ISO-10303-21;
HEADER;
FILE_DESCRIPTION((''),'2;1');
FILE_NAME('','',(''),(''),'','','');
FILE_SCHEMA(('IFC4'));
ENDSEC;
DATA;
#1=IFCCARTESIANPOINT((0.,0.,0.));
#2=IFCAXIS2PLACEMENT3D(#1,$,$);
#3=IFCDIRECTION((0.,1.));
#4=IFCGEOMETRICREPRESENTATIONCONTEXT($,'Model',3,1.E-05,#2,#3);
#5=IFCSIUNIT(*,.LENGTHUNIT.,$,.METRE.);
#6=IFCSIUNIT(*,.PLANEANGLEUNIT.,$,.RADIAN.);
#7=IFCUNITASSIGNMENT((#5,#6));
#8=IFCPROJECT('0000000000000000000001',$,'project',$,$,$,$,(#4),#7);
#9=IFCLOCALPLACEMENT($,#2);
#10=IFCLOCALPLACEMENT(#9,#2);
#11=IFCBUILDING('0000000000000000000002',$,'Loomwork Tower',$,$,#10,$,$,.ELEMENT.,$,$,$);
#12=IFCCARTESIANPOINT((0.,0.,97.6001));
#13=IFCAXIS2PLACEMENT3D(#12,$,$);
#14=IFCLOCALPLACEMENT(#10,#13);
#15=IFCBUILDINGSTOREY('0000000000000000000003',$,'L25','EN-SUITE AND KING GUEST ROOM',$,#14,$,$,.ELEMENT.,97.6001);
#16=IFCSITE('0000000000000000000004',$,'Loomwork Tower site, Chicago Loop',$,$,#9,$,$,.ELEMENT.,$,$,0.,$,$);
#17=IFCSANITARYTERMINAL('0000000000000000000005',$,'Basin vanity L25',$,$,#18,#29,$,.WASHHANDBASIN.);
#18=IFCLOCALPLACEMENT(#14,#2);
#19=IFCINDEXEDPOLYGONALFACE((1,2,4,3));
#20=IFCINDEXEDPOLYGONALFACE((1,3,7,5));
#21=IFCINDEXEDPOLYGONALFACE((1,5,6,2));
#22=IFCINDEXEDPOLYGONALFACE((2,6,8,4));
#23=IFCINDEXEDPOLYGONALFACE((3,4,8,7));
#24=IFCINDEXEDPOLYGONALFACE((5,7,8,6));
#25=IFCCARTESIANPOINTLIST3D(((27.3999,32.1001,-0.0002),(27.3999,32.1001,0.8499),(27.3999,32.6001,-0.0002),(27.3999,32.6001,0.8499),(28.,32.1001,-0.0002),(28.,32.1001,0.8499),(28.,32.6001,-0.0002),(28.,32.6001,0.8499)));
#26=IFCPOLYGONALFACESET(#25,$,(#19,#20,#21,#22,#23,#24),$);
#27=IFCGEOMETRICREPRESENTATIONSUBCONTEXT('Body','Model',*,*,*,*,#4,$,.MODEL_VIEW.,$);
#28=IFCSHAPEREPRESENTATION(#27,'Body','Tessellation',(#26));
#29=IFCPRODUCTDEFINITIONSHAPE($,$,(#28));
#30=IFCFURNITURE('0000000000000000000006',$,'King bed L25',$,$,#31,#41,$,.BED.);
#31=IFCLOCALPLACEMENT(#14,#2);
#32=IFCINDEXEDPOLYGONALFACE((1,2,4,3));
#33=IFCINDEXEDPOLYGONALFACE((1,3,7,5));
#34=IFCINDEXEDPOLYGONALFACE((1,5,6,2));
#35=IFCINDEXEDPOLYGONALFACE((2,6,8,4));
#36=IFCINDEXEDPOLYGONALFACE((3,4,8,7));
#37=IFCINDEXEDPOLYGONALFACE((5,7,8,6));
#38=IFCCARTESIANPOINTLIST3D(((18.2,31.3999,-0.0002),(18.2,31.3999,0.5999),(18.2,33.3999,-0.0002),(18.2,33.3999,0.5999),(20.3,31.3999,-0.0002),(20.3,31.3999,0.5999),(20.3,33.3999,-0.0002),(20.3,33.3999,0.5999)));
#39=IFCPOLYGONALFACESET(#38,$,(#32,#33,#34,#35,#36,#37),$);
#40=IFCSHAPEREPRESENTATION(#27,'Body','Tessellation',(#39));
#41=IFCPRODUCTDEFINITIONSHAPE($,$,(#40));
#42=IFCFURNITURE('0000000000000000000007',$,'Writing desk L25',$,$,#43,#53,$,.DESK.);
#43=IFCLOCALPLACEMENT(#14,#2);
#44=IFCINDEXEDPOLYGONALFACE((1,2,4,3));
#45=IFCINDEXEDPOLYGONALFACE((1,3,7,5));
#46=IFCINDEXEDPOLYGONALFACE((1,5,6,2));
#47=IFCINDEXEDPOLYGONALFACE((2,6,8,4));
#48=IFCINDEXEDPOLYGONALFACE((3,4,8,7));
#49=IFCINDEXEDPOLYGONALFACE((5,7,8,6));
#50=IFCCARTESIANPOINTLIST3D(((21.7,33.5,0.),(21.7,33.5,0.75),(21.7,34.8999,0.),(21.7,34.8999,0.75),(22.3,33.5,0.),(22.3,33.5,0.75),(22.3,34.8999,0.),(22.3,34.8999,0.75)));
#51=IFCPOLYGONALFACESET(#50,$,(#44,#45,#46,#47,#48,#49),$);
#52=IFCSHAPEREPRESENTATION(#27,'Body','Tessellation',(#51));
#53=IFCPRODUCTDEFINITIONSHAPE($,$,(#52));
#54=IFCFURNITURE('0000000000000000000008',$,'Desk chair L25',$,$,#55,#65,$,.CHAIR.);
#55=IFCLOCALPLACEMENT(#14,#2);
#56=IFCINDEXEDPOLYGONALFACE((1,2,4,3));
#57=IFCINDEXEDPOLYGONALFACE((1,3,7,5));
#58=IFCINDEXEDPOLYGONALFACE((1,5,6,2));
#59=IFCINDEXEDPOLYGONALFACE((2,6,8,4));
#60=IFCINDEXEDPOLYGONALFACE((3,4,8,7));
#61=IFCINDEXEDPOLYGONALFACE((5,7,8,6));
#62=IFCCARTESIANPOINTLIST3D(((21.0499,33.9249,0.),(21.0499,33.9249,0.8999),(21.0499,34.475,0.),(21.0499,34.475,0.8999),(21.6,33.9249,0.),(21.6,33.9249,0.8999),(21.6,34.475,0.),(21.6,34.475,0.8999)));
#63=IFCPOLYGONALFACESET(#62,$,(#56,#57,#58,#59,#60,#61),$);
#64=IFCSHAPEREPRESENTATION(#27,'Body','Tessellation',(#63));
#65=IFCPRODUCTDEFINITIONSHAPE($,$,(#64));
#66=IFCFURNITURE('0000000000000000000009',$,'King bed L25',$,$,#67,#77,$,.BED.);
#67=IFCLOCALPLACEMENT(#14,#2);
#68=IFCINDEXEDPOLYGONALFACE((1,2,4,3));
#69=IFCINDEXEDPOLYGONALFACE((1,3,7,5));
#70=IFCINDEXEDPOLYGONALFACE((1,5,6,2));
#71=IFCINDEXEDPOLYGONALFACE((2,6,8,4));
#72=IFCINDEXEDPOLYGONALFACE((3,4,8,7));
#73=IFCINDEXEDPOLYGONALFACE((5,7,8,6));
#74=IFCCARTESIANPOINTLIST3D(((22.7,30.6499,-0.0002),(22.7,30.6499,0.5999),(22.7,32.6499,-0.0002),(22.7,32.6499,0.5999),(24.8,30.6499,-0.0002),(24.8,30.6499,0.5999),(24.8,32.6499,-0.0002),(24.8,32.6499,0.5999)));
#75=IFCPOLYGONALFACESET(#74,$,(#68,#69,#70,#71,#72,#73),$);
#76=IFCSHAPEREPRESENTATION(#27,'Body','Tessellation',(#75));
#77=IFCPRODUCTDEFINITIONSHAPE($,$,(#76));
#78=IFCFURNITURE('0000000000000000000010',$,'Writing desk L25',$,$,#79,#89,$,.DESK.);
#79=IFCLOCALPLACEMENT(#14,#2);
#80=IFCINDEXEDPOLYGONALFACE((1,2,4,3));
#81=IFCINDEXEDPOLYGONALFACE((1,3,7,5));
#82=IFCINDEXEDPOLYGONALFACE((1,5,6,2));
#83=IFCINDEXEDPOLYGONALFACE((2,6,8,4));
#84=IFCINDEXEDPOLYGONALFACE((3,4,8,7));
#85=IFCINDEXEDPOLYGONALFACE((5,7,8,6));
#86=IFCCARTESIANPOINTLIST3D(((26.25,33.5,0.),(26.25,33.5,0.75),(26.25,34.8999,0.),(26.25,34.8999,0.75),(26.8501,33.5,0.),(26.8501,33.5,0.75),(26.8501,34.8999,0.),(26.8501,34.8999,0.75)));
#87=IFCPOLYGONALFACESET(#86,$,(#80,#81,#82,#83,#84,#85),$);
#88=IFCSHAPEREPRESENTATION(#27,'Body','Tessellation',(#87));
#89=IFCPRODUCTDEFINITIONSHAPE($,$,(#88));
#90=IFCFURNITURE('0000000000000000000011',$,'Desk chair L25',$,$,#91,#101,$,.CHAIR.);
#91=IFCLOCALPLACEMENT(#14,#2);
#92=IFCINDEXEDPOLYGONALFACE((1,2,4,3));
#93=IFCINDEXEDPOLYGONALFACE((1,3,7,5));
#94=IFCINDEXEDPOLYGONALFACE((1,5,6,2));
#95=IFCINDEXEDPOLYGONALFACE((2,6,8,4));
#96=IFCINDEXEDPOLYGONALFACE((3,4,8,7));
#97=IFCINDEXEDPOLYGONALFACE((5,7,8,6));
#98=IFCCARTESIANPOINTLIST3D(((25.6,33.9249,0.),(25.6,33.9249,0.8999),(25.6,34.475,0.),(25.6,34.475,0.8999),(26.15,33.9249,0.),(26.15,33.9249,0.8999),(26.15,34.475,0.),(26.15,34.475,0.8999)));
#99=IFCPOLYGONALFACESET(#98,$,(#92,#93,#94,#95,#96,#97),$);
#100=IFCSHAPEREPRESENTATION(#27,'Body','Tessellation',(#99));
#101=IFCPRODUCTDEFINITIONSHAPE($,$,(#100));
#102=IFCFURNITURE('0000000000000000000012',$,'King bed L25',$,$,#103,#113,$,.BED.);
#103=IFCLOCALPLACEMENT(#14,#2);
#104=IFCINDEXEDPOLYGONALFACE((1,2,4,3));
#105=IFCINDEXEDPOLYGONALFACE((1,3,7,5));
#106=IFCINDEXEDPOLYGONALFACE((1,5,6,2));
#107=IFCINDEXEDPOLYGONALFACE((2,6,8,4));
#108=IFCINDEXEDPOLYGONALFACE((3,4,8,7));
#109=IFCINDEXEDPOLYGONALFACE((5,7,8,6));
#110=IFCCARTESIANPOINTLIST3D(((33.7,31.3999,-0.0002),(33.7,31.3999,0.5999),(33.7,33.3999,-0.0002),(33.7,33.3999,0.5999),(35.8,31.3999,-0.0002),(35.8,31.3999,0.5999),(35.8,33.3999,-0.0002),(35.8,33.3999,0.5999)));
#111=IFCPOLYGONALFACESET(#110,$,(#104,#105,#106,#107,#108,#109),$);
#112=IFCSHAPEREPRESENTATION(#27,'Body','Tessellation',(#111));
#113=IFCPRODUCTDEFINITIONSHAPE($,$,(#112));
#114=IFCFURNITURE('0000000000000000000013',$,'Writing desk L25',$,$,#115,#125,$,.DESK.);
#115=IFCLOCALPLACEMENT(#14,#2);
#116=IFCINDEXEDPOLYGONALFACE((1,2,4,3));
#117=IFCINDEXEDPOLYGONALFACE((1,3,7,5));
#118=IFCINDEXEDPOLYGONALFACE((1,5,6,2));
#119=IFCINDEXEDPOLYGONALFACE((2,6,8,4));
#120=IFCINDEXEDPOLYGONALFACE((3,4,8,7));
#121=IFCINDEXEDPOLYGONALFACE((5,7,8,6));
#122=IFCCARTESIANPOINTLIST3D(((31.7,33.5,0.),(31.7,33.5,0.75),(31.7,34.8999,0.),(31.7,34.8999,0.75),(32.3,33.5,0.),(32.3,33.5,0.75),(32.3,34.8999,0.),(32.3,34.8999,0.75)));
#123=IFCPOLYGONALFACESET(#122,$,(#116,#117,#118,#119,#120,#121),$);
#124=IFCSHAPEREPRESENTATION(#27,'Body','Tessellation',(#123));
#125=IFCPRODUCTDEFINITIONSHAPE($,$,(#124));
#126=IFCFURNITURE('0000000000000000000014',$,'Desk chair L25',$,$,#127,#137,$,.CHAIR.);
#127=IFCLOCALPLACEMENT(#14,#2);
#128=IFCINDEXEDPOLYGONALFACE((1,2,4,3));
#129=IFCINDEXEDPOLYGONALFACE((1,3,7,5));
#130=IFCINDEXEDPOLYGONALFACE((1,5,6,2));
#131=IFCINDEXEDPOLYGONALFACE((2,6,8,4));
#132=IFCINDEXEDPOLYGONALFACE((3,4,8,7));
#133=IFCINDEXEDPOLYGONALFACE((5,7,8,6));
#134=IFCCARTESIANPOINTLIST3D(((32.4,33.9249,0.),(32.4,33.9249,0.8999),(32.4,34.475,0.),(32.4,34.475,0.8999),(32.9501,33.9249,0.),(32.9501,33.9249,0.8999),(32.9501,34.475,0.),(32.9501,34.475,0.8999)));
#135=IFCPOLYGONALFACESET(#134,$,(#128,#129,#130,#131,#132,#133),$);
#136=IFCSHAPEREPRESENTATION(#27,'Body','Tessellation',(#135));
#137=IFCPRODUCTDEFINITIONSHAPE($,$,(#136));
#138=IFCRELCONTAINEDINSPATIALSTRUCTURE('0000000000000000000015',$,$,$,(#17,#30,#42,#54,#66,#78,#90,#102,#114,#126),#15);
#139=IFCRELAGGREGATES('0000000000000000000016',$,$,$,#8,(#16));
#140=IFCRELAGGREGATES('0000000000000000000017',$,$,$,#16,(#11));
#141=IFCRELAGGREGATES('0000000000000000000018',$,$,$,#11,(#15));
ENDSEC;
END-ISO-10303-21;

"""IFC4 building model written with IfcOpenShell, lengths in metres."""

from ifc_helpers import new_model, si_unit, direction, frame, origin, origin_2d, place, context, subcontext, project, spatial, rectangle, extrude, element, save


model = new_model("IFC4")

# Units and contexts
model_context = context("Model", 3, precision=1e-05, world=origin(), true_north=direction((0.0, 1.0)))
body_context = subcontext(model_context, "Body", "Model", "MODEL_VIEW")
ifc_project = project(units=[si_unit("LENGTHUNIT", "METRE"), si_unit("PLANEANGLEUNIT", "RADIAN")], contexts=[model_context])

# Site, building, storey
site_placement = place(None, origin())
site = spatial("IfcSite", under=ifc_project, at=site_placement, Name="Loomwork Tower site, Chicago Loop", CompositionType="ELEMENT", RefElevation=0.0)
building_placement = place(site_placement, origin())
building = spatial("IfcBuilding", under=site, at=building_placement, Name="Loomwork Tower", CompositionType="ELEMENT")
storey_placement = place(building_placement, frame((0.0, 0.0, 97.6001)))
storey = spatial("IfcBuildingStorey", under=building, at=storey_placement, Name="L25", Description="EN-SUITE AND KING GUEST ROOM", CompositionType="ELEMENT", Elevation=97.6001)

# Sanitary terminal
sanitary_terminal_1_placement = place(storey_placement, frame((27.7, 32.3501, -0.0002), z_axis=(0.0, 0.0, 1.0), x_axis=(1.0, 0.0, 0.0)))
element("IfcSanitaryTerminal", 1, at=sanitary_terminal_1_placement, inside=storey, Name="Basin vanity L25", PredefinedType="WASHHANDBASIN", context=body_context, shape_type="SweptSolid", body=[
    extrude(rectangle(XDim=0.6001, YDim=0.5, at=origin_2d()), origin(), (0.0, 0.0, 1.0), 0.8501),
])

# Furniture
furniture_1_placement = place(storey_placement, frame((19.25, 32.3999, -0.0002), z_axis=(0.0, 0.0, 1.0), x_axis=(1.0, 0.0, 0.0)))
element("IfcFurniture", 2, at=furniture_1_placement, inside=storey, Name="King bed L25", PredefinedType="BED", context=body_context, shape_type="SweptSolid", body=[
    extrude(rectangle(XDim=2.1001, YDim=2.0, at=origin_2d()), origin(), (0.0, 0.0, 1.0), 0.6001),
])
furniture_2_placement = place(storey_placement, frame((22.0, 34.2, 0.0), z_axis=(0.0, 0.0, 1.0), x_axis=(1.0, 0.0, 0.0)))
element("IfcFurniture", 3, at=furniture_2_placement, inside=storey, Name="Writing desk L25", PredefinedType="DESK", context=body_context, shape_type="SweptSolid", body=[
    extrude(rectangle(XDim=0.6001, YDim=1.3999, at=origin_2d()), origin(), (0.0, 0.0, 1.0), 0.75),
])
furniture_3_placement = place(storey_placement, frame((21.325, 34.2, 0.0), z_axis=(0.0, 0.0, 1.0), x_axis=(1.0, 0.0, 0.0)))
element("IfcFurniture", 4, at=furniture_3_placement, inside=storey, Name="Desk chair L25", PredefinedType="CHAIR", context=body_context, shape_type="SweptSolid", body=[
    extrude(rectangle(XDim=0.55, YDim=0.55, at=origin_2d()), origin(), (0.0, 0.0, 1.0), 0.8999),
])
furniture_4_placement = place(storey_placement, frame((23.75, 31.6499, -0.0002), z_axis=(0.0, 0.0, 1.0), x_axis=(1.0, 0.0, 0.0)))
element("IfcFurniture", 5, at=furniture_4_placement, inside=storey, Name="King bed L25", PredefinedType="BED", context=body_context, shape_type="SweptSolid", body=[
    extrude(rectangle(XDim=2.1001, YDim=2.0, at=origin_2d()), origin(), (0.0, 0.0, 1.0), 0.6001),
])
furniture_5_placement = place(storey_placement, frame((26.55, 34.2, 0.0), z_axis=(0.0, 0.0, 1.0), x_axis=(1.0, 0.0, 0.0)))
element("IfcFurniture", 6, at=furniture_5_placement, inside=storey, Name="Writing desk L25", PredefinedType="DESK", context=body_context, shape_type="SweptSolid", body=[
    extrude(rectangle(XDim=0.6001, YDim=1.3999, at=origin_2d()), origin(), (0.0, 0.0, 1.0), 0.75),
])
furniture_6_placement = place(storey_placement, frame((25.875, 34.2, 0.0), z_axis=(0.0, 0.0, 1.0), x_axis=(1.0, 0.0, 0.0)))
element("IfcFurniture", 7, at=furniture_6_placement, inside=storey, Name="Desk chair L25", PredefinedType="CHAIR", context=body_context, shape_type="SweptSolid", body=[
    extrude(rectangle(XDim=0.55, YDim=0.55, at=origin_2d()), origin(), (0.0, 0.0, 1.0), 0.8999),
])
furniture_7_placement = place(storey_placement, frame((34.75, 32.3999, -0.0002), z_axis=(0.0, 0.0, 1.0), x_axis=(1.0, 0.0, 0.0)))
element("IfcFurniture", 8, at=furniture_7_placement, inside=storey, Name="King bed L25", PredefinedType="BED", context=body_context, shape_type="SweptSolid", body=[
    extrude(rectangle(XDim=2.1001, YDim=2.0, at=origin_2d()), origin(), (0.0, 0.0, 1.0), 0.6001),
])
furniture_8_placement = place(storey_placement, frame((32.0, 34.2, 0.0), z_axis=(0.0, 0.0, 1.0), x_axis=(1.0, 0.0, 0.0)))
element("IfcFurniture", 9, at=furniture_8_placement, inside=storey, Name="Writing desk L25", PredefinedType="DESK", context=body_context, shape_type="SweptSolid", body=[
    extrude(rectangle(XDim=0.6001, YDim=1.3999, at=origin_2d()), origin(), (0.0, 0.0, 1.0), 0.75),
])
furniture_9_placement = place(storey_placement, frame((32.675, 34.2, 0.0), z_axis=(0.0, 0.0, 1.0), x_axis=(1.0, 0.0, 0.0)))
element("IfcFurniture", 10, at=furniture_9_placement, inside=storey, Name="Desk chair L25", PredefinedType="CHAIR", context=body_context, shape_type="SweptSolid", body=[
    extrude(rectangle(XDim=0.55, YDim=0.55, at=origin_2d()), origin(), (0.0, 0.0, 1.0), 0.8999),
])

save(model, "model.ifc")
